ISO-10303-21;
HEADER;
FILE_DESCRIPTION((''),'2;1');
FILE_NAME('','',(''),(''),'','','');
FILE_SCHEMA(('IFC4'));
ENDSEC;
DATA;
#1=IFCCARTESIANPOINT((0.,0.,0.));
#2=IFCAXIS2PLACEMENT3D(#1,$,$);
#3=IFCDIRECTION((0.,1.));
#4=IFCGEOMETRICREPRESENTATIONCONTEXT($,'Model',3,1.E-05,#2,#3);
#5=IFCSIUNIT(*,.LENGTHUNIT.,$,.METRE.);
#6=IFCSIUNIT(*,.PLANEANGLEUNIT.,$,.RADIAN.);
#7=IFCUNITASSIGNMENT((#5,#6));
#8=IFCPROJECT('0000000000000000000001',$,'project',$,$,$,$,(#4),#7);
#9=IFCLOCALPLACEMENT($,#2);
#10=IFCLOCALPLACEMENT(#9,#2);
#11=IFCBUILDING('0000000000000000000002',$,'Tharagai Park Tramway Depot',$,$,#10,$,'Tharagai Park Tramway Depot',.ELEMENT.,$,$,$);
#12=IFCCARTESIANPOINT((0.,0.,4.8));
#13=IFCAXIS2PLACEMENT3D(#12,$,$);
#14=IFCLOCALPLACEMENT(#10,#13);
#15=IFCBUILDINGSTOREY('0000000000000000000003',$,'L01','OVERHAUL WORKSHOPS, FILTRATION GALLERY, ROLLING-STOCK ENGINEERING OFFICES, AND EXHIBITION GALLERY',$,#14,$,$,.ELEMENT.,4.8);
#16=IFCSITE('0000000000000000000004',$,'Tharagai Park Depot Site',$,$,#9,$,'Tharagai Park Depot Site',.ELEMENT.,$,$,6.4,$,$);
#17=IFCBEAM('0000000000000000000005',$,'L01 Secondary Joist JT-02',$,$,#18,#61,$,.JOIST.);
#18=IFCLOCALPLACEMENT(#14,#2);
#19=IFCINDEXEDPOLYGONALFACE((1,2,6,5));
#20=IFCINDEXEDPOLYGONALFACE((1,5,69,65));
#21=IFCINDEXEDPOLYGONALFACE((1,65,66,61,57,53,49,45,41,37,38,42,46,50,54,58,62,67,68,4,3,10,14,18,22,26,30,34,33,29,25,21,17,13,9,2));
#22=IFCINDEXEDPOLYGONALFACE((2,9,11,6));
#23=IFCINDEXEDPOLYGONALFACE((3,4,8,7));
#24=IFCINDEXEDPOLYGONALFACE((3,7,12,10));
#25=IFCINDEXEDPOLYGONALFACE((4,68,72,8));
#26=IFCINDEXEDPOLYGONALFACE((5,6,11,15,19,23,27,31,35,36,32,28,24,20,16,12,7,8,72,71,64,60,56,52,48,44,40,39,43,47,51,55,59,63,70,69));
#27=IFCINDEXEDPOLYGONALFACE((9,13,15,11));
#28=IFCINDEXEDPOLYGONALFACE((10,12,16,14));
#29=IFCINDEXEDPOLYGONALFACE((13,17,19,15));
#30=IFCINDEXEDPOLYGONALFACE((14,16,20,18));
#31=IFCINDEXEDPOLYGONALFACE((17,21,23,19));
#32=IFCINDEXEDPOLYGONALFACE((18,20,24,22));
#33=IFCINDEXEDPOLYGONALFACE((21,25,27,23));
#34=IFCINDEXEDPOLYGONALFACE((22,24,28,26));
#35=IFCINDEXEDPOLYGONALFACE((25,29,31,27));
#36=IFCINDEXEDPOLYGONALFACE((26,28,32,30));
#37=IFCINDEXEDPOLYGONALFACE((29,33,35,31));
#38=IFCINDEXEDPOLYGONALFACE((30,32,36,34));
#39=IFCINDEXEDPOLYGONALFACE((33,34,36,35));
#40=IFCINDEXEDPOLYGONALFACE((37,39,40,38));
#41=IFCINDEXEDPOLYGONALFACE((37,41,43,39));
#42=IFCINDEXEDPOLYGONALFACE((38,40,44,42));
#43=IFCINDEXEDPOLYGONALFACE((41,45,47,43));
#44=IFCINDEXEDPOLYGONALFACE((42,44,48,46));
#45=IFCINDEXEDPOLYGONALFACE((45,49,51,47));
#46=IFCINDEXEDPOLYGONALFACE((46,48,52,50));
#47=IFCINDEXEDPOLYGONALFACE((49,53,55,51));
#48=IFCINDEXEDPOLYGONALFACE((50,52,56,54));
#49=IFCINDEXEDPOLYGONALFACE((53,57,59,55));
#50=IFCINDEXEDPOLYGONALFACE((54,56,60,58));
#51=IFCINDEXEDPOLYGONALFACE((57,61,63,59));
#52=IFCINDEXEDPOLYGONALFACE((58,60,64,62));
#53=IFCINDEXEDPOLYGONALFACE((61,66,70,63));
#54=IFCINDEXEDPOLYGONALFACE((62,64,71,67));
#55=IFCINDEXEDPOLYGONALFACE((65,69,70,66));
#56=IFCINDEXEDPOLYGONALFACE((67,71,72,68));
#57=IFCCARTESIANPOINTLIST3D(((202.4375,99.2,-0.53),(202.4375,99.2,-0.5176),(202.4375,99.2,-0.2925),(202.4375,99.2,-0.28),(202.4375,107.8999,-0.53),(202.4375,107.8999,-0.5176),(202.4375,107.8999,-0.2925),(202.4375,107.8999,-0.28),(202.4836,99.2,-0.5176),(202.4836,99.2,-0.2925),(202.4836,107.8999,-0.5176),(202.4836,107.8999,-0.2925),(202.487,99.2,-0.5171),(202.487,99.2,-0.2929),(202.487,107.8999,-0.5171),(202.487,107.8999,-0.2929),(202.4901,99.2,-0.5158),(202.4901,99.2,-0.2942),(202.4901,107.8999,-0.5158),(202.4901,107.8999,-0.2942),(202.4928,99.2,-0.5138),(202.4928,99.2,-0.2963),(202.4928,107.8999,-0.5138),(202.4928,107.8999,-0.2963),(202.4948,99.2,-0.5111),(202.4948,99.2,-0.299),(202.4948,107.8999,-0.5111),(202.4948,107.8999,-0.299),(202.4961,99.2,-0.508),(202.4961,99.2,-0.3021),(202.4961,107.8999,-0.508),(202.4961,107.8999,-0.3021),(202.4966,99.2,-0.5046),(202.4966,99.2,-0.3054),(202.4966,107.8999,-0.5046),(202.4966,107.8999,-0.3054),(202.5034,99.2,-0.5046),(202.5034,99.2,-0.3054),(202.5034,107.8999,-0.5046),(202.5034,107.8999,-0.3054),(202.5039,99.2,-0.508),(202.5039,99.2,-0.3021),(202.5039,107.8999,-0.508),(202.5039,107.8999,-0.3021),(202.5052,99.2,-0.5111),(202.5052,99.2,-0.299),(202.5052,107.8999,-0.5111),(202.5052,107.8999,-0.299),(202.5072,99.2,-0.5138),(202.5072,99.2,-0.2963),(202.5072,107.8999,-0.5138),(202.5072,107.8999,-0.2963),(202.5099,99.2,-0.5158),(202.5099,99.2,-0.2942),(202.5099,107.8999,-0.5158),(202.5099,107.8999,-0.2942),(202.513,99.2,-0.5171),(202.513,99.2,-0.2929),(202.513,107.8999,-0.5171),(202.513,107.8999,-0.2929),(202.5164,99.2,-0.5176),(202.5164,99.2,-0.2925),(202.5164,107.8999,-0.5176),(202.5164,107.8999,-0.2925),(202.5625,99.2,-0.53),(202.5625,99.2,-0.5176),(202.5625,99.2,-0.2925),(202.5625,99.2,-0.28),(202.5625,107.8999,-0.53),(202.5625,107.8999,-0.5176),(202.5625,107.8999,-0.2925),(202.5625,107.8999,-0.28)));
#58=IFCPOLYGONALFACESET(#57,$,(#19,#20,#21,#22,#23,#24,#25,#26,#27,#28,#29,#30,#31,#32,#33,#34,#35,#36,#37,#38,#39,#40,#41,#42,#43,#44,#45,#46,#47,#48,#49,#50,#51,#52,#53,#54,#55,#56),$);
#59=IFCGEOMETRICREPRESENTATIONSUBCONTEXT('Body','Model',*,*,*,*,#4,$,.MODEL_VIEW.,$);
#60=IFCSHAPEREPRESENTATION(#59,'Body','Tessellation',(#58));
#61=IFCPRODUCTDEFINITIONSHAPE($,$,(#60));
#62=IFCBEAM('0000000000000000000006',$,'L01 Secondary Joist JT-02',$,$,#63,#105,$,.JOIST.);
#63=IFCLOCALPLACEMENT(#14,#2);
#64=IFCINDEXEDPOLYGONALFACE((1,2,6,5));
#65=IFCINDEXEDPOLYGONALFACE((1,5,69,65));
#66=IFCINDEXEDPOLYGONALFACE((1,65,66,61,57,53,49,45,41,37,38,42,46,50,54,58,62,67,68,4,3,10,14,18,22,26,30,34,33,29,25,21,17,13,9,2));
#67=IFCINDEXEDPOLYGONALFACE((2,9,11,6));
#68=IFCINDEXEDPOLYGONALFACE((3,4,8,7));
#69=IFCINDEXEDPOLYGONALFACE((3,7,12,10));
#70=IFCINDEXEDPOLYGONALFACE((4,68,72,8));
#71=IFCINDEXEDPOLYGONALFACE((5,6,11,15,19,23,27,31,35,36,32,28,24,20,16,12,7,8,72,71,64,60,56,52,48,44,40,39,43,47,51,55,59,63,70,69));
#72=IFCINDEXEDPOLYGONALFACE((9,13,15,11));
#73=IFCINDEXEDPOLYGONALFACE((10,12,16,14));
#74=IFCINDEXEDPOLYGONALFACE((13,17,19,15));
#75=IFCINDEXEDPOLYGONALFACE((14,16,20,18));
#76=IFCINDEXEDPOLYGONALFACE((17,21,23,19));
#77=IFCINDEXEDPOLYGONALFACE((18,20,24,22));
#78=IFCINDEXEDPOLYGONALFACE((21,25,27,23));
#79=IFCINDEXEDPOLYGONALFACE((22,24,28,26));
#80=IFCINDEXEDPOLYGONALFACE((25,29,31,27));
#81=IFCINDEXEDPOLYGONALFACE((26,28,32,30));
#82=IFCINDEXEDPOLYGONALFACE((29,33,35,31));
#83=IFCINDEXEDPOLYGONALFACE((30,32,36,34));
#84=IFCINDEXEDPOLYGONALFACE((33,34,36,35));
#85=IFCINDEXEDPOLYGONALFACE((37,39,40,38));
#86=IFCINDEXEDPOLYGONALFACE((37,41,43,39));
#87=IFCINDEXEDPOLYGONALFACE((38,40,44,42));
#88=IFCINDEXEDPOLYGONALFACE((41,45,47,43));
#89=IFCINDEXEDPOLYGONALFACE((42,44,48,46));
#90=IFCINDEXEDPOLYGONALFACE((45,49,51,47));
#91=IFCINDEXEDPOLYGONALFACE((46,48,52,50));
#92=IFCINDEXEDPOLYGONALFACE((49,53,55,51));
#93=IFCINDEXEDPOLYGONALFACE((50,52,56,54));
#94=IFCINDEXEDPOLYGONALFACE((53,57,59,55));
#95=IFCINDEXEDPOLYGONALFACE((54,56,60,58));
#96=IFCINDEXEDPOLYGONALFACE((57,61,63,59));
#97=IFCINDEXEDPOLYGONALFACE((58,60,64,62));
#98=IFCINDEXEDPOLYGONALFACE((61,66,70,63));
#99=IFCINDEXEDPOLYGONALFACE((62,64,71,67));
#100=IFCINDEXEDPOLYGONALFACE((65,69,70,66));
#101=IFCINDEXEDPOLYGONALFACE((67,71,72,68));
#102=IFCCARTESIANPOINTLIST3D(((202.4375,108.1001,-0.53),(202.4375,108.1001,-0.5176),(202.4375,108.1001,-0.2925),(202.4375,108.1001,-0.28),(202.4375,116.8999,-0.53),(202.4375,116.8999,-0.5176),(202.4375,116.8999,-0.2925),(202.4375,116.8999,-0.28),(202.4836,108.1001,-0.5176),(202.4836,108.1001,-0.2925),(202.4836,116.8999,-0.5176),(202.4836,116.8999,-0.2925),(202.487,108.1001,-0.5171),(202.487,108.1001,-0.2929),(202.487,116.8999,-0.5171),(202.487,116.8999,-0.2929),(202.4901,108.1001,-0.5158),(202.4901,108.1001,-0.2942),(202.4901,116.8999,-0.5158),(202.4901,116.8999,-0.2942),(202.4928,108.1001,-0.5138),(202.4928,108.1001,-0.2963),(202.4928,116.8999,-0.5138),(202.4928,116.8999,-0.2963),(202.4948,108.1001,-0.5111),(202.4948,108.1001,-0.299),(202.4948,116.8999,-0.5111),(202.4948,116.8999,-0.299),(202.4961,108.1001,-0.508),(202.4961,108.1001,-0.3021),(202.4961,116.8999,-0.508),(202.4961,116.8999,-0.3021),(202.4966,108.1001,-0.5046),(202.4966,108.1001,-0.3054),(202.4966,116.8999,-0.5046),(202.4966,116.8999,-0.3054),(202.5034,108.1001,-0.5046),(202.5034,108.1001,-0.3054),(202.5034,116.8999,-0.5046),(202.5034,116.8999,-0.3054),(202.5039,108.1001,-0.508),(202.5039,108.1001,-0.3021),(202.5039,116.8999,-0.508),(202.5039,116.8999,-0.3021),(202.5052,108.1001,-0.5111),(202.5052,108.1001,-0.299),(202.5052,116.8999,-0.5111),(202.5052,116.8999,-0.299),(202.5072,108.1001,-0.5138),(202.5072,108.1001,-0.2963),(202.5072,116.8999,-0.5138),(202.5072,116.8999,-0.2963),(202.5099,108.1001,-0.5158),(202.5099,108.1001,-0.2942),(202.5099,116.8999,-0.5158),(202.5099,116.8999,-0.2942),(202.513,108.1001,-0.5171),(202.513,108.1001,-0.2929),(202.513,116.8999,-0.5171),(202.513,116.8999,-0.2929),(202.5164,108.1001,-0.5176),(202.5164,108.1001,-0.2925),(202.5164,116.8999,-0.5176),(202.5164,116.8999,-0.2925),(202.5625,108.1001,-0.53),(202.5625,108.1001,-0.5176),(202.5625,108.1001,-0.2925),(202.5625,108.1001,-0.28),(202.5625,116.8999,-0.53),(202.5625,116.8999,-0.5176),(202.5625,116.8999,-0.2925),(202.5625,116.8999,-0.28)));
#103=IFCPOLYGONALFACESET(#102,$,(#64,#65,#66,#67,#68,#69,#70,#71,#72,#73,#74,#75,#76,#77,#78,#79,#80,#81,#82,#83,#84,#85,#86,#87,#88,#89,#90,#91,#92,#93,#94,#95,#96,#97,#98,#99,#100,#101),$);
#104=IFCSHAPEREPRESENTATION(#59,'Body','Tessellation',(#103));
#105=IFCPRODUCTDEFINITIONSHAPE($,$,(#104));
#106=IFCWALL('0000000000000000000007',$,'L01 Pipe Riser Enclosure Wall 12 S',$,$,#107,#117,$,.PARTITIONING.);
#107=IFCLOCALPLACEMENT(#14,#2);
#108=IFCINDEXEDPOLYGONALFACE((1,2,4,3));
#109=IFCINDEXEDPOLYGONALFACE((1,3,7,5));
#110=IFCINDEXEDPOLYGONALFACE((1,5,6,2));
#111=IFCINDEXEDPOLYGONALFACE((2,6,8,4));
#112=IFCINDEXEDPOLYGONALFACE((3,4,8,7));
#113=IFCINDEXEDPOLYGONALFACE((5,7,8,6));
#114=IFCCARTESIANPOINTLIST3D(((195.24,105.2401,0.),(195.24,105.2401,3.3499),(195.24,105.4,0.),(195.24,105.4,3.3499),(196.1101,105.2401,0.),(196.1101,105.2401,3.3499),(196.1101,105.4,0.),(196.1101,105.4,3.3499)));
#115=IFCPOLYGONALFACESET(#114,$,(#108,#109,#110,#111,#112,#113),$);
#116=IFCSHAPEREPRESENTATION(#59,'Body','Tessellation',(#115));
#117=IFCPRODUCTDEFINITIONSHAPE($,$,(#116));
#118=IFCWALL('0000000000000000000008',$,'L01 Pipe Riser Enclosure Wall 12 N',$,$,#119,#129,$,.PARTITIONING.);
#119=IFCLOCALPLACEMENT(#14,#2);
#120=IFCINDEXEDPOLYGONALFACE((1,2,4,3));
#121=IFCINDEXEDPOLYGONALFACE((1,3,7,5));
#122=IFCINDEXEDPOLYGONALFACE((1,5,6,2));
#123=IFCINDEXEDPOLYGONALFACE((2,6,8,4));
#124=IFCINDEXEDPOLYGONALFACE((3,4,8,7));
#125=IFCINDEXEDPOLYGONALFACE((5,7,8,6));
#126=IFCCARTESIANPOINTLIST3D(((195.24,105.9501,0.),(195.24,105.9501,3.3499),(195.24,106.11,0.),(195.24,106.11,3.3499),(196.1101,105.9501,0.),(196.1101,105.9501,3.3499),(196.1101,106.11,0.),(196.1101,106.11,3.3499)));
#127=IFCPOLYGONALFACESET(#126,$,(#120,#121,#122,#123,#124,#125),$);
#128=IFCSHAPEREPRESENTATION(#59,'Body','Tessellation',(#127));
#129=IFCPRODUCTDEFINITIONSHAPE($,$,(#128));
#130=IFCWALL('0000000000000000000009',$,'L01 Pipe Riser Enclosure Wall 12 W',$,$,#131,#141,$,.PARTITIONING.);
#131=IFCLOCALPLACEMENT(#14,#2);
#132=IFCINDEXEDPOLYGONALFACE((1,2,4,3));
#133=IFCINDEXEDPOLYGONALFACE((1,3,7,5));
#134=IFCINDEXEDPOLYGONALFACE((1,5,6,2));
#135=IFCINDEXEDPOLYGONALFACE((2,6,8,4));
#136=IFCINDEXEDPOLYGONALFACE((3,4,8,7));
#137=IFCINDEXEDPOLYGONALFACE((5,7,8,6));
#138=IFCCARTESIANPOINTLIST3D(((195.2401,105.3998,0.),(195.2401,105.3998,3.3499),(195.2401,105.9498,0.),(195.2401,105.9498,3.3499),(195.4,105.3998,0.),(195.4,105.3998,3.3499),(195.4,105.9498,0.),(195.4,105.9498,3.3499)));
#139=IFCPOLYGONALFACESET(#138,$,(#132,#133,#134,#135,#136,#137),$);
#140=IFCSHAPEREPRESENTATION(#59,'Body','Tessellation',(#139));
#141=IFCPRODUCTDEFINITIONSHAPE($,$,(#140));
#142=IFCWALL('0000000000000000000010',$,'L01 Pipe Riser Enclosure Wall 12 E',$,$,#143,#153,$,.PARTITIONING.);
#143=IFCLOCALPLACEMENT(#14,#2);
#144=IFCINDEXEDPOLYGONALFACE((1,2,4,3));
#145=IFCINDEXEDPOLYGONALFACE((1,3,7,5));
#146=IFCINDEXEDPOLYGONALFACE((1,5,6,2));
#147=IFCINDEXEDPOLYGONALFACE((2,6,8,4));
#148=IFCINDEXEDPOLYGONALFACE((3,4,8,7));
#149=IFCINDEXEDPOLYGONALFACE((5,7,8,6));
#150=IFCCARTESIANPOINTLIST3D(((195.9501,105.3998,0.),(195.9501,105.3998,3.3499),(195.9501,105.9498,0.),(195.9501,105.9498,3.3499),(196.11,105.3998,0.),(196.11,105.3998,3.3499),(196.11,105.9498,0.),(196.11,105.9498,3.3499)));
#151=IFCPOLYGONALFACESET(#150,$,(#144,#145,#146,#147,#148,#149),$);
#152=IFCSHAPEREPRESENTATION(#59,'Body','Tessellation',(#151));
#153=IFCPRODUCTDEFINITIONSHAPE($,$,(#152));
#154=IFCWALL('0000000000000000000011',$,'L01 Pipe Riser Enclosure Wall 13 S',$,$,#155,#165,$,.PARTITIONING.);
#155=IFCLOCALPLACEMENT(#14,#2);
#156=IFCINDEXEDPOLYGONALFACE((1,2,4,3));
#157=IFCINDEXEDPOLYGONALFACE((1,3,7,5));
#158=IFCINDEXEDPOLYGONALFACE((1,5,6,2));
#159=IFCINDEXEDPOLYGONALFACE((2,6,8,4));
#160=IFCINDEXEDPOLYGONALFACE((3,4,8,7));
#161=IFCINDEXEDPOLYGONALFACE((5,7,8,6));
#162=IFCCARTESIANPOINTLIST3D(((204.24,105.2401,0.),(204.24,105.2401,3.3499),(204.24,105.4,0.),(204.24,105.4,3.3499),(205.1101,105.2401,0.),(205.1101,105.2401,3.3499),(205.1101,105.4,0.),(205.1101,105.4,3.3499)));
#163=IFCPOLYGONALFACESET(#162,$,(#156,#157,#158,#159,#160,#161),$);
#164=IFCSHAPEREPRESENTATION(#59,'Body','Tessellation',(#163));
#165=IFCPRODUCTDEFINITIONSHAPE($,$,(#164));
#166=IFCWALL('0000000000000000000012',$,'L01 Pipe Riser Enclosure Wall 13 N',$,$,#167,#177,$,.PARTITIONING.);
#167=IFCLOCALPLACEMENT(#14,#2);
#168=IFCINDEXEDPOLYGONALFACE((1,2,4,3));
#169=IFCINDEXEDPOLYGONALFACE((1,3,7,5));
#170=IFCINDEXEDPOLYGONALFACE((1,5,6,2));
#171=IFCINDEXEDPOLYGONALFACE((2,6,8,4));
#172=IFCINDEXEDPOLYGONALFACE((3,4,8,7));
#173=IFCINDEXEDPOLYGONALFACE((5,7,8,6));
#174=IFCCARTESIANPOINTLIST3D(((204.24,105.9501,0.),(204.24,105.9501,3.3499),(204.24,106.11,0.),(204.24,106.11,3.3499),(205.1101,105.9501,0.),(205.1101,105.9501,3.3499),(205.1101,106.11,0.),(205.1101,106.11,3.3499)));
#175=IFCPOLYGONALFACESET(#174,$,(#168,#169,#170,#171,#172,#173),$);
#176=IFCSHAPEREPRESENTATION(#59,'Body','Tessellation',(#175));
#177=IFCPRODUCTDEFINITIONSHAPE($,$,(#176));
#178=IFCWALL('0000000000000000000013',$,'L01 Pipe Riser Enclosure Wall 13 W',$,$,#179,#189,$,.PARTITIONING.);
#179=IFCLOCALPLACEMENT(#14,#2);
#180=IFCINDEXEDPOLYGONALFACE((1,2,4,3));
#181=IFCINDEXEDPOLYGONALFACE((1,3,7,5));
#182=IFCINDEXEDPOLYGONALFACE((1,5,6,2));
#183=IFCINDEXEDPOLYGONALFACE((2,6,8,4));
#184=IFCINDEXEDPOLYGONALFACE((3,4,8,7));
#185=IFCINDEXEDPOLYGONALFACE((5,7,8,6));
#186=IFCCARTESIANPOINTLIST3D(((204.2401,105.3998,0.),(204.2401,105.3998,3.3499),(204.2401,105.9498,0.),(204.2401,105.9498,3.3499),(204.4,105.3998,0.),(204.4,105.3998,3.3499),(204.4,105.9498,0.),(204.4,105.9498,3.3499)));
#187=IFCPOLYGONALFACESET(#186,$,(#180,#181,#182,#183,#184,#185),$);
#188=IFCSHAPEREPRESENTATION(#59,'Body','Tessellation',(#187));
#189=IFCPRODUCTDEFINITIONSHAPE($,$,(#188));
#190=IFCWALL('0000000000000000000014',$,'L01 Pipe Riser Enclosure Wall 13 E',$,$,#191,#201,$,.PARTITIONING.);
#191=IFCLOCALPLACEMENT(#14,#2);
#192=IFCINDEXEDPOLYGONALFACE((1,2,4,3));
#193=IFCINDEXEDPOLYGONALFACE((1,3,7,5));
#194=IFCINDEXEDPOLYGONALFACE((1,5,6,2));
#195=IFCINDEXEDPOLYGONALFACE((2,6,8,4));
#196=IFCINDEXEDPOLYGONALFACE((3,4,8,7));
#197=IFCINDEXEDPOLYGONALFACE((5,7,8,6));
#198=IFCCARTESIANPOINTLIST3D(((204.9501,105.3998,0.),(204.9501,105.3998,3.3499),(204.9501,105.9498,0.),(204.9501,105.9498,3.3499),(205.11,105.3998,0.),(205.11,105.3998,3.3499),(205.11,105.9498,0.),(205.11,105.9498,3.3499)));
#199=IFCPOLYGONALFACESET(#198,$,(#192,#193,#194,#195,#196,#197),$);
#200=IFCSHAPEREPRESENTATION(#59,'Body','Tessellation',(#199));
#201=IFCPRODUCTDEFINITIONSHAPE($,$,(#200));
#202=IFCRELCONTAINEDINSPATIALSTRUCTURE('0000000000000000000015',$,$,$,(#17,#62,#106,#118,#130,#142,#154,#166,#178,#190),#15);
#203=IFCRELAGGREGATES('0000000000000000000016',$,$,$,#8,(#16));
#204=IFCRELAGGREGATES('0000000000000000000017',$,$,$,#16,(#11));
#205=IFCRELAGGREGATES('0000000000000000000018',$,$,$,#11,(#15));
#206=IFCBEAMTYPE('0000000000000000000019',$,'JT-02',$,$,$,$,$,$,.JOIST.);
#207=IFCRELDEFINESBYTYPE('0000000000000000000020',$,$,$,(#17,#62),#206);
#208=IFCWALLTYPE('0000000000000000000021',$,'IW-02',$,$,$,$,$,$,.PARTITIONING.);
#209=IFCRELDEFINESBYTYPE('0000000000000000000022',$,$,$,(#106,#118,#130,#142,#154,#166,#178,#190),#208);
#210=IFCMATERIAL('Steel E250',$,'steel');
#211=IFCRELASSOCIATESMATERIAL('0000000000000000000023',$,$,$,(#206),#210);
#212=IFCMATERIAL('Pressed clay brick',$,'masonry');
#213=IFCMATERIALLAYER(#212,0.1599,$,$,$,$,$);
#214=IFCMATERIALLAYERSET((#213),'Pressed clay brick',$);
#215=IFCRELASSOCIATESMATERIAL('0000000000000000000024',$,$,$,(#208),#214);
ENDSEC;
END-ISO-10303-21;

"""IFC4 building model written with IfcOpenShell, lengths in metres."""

from ifc_helpers import new_model, si_unit, direction, frame, frame_2d, origin, origin_2d, place, context, subcontext, project, spatial, rectangle, i_section, extrude, material, layer, layer_set, material_profile, profile_set, type_object, element, save


model = new_model("IFC4")

# Units and contexts
model_context = context("Model", 3, precision=1e-05, world=origin(), true_north=direction((0.0, 1.0)))
body_context = subcontext(model_context, "Body", "Model", "MODEL_VIEW")
ifc_project = project(units=[si_unit("LENGTHUNIT", "METRE"), si_unit("PLANEANGLEUNIT", "RADIAN")], contexts=[model_context])

# Site, building, storey
site_placement = place(None, origin())
site = spatial("IfcSite", under=ifc_project, at=site_placement, Name="Tharagai Park Depot Site", LongName="Tharagai Park Depot Site", CompositionType="ELEMENT", RefElevation=6.4)
building_placement = place(site_placement, origin())
building = spatial("IfcBuilding", under=site, at=building_placement, Name="Tharagai Park Tramway Depot", LongName="Tharagai Park Tramway Depot", CompositionType="ELEMENT")
storey_placement = place(building_placement, frame((0.0, 0.0, 4.8)))
storey = spatial("IfcBuildingStorey", under=building, at=storey_placement, Name="L01", Description="OVERHAUL WORKSHOPS, FILTRATION GALLERY, ROLLING-STOCK ENGINEERING OFFICES, AND EXHIBITION GALLERY", CompositionType="ELEMENT", Elevation=4.8)

# Beams
ifc_material_1 = material(Name="Steel E250", Category="steel")
ifc_material_profile_1 = material_profile(ifc_material_1, i_section(OverallWidth=0.125, OverallDepth=0.25, WebThickness=0.0068, FlangeThickness=0.0125, FilletRadius=0.0129, at=origin_2d()), Name="ISMB 250")
ifc_profile_set_1 = profile_set([ifc_material_profile_1], Name="Steel E250")
beam_type_1 = type_object("IfcBeamType", Name="JT-02", PredefinedType="JOIST", material=ifc_profile_set_1)
beam_1_placement = place(storey_placement, frame((202.5, 99.2, -0.405), z_axis=(0.0, 1.0, 0.0), x_axis=(-1.0, 0.0, 0.0)))
element("IfcBeam", 1, at=beam_1_placement, inside=storey, type_object=beam_type_1, Name="L01 Secondary Joist JT-02", PredefinedType="JOIST", context=body_context, shape_type="SweptSolid", body=[
    extrude(i_section(OverallWidth=0.125, OverallDepth=0.25, WebThickness=0.0068, FlangeThickness=0.0125, FilletRadius=0.0129, at=origin_2d()), origin(), (0.0, 0.0, 1.0), 8.7),
])
beam_2_placement = place(storey_placement, frame((202.5, 108.1001, -0.405), z_axis=(0.0, 1.0, 0.0), x_axis=(-1.0, 0.0, 0.0)))
element("IfcBeam", 2, at=beam_2_placement, inside=storey, type_object=beam_type_1, Name="L01 Secondary Joist JT-02", PredefinedType="JOIST", context=body_context, shape_type="SweptSolid", body=[
    extrude(i_section(OverallWidth=0.125, OverallDepth=0.25, WebThickness=0.0068, FlangeThickness=0.0125, FilletRadius=0.0129, at=origin_2d()), origin(), (0.0, 0.0, 1.0), 8.7998),
])

# Walls
ifc_material_2 = material(Name="Pressed clay brick", Category="masonry")
ifc_layer_1 = layer(ifc_material_2, 0.1599)
ifc_layer_set_1 = layer_set([ifc_layer_1], Name="Pressed clay brick")
wall_type_1 = type_object("IfcWallType", Name="IW-02", PredefinedType="PARTITIONING", material=ifc_layer_set_1)
for number, where, z_axis, x_axis, name in (
    (3, (195.24, 105.3201, 0.0), (0.0, 0.0, 1.0), (1.0, 0.0, 0.0), "L01 Pipe Riser Enclosure Wall 12 S"),
    (4, (195.24, 106.03, 0.0), (0.0, 0.0, 1.0), (1.0, 0.0, 0.0), "L01 Pipe Riser Enclosure Wall 12 N"),
):
    element("IfcWall", number, at=place(storey_placement, frame(where, z_axis=z_axis, x_axis=x_axis)), inside=storey, type_object=wall_type_1, Name=name, PredefinedType="PARTITIONING", context=body_context, shape_type="SweptSolid", body=[
        extrude(rectangle(XDim=0.8701, YDim=0.1599, at=frame_2d((0.4351, 0.0))), origin(), (0.0, 0.0, 1.0), 3.3499),
    ])
for number, where, z_axis, x_axis, name in (
    (5, (195.3201, 105.3999, 0.0), (0.0, 0.0, 1.0), (0.0, 1.0, 0.0), "L01 Pipe Riser Enclosure Wall 12 W"),
    (6, (196.03, 105.3999, 0.0), (0.0, 0.0, 1.0), (0.0, 1.0, 0.0), "L01 Pipe Riser Enclosure Wall 12 E"),
):
    element("IfcWall", number, at=place(storey_placement, frame(where, z_axis=z_axis, x_axis=x_axis)), inside=storey, type_object=wall_type_1, Name=name, PredefinedType="PARTITIONING", context=body_context, shape_type="SweptSolid", body=[
        extrude(rectangle(XDim=0.55, YDim=0.1599, at=frame_2d((0.2749, 0.0))), origin(), (0.0, 0.0, 1.0), 3.3499),
    ])
for number, where, z_axis, x_axis, name in (
    (7, (204.24, 105.3201, 0.0), (0.0, 0.0, 1.0), (1.0, 0.0, 0.0), "L01 Pipe Riser Enclosure Wall 13 S"),
    (8, (204.24, 106.03, 0.0), (0.0, 0.0, 1.0), (1.0, 0.0, 0.0), "L01 Pipe Riser Enclosure Wall 13 N"),
):
    element("IfcWall", number, at=place(storey_placement, frame(where, z_axis=z_axis, x_axis=x_axis)), inside=storey, type_object=wall_type_1, Name=name, PredefinedType="PARTITIONING", context=body_context, shape_type="SweptSolid", body=[
        extrude(rectangle(XDim=0.8701, YDim=0.1599, at=frame_2d((0.4351, 0.0))), origin(), (0.0, 0.0, 1.0), 3.3499),
    ])
for number, where, z_axis, x_axis, name in (
    (9, (204.3201, 105.3999, 0.0), (0.0, 0.0, 1.0), (0.0, 1.0, 0.0), "L01 Pipe Riser Enclosure Wall 13 W"),
    (10, (205.03, 105.3999, 0.0), (0.0, 0.0, 1.0), (0.0, 1.0, 0.0), "L01 Pipe Riser Enclosure Wall 13 E"),
):
    element("IfcWall", number, at=place(storey_placement, frame(where, z_axis=z_axis, x_axis=x_axis)), inside=storey, type_object=wall_type_1, Name=name, PredefinedType="PARTITIONING", context=body_context, shape_type="SweptSolid", body=[
        extrude(rectangle(XDim=0.55, YDim=0.1599, at=frame_2d((0.2749, 0.0))), origin(), (0.0, 0.0, 1.0), 3.3499),
    ])

save(model, "model.ifc")
